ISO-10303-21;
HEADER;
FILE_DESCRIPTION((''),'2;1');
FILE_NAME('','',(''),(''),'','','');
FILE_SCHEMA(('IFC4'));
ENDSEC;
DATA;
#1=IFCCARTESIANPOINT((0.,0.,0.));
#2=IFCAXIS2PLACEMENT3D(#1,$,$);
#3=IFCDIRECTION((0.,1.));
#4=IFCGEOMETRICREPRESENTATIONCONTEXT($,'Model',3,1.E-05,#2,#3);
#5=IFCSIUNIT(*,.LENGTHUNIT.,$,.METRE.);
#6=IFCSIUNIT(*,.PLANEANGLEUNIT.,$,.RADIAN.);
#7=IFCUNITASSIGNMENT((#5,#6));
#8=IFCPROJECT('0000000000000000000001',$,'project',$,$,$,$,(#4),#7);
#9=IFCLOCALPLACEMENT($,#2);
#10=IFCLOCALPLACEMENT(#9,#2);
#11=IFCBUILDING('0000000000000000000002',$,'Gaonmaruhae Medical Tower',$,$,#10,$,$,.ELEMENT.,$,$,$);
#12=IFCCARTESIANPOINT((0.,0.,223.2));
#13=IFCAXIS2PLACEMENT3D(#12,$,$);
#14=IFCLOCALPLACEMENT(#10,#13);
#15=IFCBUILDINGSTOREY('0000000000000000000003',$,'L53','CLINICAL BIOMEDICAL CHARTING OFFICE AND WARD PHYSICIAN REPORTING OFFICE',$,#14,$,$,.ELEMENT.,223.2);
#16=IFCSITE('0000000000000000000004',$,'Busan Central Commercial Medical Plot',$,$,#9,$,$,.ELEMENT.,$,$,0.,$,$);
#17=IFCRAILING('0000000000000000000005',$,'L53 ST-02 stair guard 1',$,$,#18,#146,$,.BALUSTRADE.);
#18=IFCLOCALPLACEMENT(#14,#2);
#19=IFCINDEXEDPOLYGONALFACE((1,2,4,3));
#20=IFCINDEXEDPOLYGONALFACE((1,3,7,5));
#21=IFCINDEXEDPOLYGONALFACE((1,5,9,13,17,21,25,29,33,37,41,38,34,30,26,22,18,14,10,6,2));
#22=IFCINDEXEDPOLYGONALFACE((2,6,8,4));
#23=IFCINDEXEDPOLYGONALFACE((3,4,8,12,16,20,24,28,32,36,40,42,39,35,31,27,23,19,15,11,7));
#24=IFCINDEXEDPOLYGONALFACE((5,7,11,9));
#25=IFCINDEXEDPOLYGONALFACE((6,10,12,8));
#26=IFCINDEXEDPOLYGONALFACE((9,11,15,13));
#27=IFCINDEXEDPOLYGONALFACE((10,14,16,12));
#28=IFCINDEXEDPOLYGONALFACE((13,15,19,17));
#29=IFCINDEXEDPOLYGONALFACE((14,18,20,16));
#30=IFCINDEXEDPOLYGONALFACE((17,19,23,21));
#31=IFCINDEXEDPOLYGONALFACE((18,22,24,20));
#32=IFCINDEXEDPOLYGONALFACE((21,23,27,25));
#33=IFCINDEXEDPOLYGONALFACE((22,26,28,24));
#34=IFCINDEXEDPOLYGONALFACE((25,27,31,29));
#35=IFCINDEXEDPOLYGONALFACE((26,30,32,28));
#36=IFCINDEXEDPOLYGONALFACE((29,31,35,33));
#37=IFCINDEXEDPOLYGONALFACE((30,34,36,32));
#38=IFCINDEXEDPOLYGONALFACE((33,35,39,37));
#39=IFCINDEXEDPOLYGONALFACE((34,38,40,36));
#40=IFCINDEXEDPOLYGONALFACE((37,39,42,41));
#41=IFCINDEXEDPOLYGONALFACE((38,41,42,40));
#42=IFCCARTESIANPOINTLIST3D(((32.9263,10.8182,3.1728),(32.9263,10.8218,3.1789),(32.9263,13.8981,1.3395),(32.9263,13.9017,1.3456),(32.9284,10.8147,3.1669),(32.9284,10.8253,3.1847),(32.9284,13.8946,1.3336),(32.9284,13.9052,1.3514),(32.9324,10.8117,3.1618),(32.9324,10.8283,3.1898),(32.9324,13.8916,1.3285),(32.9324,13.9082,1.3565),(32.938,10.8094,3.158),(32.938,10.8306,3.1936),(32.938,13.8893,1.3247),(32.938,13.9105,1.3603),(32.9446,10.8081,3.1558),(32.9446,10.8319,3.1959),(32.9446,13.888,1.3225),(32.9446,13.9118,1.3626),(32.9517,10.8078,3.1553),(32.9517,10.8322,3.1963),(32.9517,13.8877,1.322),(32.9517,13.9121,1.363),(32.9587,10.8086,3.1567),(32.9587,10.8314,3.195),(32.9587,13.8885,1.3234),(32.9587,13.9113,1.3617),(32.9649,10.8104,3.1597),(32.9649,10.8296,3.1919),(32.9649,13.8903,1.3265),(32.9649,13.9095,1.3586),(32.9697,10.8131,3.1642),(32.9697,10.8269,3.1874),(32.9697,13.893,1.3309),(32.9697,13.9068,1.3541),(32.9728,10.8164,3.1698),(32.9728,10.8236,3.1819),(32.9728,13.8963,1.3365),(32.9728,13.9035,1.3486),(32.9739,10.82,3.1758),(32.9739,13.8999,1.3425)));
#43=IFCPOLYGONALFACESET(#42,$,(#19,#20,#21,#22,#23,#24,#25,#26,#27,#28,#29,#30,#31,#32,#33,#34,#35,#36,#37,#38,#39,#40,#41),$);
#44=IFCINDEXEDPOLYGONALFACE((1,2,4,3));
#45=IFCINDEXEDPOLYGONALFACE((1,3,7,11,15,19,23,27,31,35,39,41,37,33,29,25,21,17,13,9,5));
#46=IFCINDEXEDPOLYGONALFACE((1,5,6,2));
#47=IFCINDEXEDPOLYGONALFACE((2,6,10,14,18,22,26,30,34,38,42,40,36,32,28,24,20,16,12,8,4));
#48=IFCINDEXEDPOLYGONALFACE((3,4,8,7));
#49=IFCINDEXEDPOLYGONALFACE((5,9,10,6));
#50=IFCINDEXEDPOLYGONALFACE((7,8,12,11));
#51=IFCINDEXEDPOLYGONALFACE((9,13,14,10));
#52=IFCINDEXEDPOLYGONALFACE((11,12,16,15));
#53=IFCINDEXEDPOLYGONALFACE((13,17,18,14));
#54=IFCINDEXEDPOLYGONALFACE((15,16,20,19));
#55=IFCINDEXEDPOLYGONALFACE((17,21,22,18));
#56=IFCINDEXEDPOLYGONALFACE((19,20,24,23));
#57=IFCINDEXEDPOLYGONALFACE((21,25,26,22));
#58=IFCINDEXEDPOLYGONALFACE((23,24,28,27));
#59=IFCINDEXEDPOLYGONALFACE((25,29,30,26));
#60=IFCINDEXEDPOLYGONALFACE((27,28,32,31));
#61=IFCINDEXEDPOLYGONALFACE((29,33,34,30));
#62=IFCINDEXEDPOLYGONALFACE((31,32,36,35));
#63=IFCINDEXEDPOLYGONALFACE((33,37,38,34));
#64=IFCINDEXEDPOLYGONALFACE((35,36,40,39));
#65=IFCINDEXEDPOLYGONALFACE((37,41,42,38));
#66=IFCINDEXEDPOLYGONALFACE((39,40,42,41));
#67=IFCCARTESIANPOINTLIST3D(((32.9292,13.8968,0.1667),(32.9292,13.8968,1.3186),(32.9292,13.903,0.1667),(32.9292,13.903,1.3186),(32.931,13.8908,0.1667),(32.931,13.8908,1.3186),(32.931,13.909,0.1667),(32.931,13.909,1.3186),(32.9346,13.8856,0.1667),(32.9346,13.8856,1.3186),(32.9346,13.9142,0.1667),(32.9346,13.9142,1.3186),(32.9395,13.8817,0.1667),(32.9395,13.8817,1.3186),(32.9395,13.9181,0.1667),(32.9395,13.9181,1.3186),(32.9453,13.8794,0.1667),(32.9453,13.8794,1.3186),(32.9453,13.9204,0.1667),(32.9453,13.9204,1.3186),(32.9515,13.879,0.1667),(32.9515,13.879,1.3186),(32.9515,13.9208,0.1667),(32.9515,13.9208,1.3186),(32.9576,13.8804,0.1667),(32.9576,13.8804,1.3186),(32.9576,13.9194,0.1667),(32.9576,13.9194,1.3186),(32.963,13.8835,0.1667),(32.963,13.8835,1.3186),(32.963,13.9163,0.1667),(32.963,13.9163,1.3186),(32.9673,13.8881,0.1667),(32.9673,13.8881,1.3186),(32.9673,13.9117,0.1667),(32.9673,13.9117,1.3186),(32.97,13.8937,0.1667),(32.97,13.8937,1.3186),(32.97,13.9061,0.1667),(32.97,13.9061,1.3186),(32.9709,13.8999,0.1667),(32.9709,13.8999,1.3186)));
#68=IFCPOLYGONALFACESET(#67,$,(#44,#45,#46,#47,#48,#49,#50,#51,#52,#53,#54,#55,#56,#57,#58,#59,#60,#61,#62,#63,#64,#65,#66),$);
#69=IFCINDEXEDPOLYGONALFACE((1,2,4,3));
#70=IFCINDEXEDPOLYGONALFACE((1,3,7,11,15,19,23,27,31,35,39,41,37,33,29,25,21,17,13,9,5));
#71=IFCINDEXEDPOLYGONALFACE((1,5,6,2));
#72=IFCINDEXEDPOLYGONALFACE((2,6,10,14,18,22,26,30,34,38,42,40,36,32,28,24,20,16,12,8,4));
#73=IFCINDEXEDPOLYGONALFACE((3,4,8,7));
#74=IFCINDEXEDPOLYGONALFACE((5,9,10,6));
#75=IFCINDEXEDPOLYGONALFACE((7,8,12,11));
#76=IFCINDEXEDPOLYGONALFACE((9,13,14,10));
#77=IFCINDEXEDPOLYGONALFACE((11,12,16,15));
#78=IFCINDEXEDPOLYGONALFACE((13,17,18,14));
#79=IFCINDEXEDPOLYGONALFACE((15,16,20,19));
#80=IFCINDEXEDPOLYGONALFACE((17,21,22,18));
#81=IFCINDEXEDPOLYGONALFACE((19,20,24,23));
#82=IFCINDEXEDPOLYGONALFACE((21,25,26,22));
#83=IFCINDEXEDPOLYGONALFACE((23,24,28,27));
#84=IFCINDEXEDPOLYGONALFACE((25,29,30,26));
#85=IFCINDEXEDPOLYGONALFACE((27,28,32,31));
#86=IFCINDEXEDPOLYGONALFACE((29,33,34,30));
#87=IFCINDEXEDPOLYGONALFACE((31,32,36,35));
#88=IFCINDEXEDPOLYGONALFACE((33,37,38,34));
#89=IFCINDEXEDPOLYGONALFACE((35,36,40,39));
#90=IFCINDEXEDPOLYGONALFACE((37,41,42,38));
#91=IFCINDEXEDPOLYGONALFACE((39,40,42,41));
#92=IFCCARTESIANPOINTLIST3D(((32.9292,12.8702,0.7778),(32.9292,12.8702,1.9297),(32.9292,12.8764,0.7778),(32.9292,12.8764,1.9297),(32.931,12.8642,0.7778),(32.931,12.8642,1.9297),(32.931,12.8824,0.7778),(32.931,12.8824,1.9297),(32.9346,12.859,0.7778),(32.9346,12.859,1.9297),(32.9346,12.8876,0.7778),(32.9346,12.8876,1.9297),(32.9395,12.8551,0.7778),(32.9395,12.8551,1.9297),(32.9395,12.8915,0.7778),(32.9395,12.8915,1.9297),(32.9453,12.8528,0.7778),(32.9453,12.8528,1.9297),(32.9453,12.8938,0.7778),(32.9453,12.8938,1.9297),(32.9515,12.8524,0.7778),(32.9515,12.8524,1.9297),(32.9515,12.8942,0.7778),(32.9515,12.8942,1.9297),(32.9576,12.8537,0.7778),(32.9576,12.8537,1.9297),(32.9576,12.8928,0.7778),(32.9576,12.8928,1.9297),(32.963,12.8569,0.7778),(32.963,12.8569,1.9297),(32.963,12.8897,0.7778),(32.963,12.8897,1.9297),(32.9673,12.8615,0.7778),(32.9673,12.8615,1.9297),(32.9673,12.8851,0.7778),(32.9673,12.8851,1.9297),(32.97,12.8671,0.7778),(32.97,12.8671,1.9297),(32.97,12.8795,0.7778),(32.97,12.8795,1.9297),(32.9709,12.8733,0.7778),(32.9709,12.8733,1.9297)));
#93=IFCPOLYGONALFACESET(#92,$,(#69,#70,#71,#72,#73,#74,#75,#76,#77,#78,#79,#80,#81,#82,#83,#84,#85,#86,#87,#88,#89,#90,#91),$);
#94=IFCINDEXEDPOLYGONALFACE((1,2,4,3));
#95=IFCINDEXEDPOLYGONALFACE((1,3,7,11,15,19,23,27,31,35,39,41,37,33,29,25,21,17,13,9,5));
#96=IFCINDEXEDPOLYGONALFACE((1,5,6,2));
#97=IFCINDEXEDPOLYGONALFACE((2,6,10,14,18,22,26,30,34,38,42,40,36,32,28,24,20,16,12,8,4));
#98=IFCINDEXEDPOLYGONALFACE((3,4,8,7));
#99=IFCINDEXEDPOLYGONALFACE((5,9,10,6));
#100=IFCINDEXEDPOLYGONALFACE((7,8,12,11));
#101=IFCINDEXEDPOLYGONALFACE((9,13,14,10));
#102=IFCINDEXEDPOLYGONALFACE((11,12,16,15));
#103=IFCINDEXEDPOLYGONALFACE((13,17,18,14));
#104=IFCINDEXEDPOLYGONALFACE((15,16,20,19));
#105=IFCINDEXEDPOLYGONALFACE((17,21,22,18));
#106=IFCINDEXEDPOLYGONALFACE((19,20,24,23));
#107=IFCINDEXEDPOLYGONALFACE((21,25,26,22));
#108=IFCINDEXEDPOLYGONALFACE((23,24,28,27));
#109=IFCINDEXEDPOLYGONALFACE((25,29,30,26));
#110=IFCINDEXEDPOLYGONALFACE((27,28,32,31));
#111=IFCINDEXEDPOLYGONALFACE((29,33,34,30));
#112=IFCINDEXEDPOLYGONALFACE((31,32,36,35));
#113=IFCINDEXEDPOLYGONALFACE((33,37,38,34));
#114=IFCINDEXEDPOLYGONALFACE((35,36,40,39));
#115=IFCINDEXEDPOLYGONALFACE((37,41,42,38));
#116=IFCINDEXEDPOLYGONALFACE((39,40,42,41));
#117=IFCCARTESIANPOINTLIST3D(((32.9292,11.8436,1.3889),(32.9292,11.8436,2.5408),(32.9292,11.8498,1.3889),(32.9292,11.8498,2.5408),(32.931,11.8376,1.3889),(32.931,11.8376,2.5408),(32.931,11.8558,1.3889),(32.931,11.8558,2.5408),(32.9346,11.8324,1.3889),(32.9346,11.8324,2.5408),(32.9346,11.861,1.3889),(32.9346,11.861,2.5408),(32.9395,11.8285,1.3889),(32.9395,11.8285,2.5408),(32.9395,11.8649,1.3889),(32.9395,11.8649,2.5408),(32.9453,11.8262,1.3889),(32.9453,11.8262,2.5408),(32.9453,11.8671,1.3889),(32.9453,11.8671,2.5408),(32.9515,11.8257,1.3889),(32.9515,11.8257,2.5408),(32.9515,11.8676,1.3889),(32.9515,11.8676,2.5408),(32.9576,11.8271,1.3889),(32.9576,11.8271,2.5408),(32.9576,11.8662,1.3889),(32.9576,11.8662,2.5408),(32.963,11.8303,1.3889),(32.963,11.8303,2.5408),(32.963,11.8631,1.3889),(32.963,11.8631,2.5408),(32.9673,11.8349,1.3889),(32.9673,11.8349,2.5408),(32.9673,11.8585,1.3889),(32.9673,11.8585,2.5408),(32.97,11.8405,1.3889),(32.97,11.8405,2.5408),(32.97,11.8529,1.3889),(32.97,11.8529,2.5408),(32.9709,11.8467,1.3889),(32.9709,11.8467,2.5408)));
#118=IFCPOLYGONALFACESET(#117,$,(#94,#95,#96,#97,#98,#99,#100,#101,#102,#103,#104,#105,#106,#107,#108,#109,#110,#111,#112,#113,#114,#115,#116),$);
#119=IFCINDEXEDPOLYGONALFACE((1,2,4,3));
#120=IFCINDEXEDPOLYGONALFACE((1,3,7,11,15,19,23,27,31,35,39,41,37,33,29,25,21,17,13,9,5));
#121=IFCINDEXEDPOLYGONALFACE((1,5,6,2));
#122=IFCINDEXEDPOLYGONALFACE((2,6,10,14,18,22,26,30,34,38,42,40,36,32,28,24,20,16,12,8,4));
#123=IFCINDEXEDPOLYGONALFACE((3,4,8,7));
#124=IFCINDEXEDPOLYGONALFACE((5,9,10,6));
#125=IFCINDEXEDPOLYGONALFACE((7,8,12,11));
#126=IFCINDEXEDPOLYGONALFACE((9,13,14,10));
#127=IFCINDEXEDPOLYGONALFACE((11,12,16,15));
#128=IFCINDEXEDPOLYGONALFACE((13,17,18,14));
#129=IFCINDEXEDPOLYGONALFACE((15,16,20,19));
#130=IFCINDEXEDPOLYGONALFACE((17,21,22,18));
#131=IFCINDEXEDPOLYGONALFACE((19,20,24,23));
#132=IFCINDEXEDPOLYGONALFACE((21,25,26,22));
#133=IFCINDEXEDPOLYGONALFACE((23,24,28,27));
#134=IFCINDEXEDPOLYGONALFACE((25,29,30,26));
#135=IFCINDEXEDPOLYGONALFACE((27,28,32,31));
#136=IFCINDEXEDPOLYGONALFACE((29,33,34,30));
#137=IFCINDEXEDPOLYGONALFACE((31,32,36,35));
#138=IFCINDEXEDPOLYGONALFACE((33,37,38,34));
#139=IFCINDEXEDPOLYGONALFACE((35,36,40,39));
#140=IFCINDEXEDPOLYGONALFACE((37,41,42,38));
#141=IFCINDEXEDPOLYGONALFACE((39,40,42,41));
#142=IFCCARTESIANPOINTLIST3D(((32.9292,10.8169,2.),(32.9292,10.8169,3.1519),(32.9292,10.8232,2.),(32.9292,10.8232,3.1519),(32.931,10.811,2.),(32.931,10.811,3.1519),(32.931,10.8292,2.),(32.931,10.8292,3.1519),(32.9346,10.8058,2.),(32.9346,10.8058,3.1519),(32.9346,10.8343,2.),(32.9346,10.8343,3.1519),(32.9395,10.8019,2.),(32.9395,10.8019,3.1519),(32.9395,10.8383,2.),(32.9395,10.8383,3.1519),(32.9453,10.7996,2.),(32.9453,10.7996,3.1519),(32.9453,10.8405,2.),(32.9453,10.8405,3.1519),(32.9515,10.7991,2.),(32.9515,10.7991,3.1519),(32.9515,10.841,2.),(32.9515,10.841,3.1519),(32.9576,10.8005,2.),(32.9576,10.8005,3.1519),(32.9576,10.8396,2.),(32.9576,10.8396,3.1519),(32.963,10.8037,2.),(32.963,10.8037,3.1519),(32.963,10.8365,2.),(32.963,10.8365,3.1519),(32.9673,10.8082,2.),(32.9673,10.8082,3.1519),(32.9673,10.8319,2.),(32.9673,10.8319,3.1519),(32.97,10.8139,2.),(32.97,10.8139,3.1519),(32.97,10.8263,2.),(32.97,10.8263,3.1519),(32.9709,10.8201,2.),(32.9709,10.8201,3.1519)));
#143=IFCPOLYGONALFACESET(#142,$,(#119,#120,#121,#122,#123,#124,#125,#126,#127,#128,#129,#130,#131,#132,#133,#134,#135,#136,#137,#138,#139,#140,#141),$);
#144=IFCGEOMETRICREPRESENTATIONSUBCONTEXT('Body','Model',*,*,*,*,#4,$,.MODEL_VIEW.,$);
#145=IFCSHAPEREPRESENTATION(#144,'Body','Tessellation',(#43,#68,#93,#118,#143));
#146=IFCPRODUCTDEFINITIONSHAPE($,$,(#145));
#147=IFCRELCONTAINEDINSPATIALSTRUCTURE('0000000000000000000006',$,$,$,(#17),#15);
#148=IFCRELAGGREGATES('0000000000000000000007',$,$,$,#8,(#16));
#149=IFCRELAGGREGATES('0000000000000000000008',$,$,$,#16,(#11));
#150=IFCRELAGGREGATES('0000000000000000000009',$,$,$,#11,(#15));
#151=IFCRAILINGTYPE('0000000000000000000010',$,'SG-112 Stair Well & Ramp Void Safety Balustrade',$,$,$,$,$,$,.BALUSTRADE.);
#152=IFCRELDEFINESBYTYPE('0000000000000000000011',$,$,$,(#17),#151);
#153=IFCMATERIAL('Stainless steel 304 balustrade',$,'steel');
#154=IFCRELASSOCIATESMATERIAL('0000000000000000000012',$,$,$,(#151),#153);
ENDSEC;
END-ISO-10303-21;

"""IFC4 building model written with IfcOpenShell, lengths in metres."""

from ifc_helpers import new_model, si_unit, direction, frame, origin, origin_2d, place, context, subcontext, project, spatial, circle, extrude, material, type_object, element, save


model = new_model("IFC4")

# Units and contexts
model_context = context("Model", 3, precision=1e-05, world=origin(), true_north=direction((0.0, 1.0)))
body_context = subcontext(model_context, "Body", "Model", "MODEL_VIEW")
ifc_project = project(units=[si_unit("LENGTHUNIT", "METRE"), si_unit("PLANEANGLEUNIT", "RADIAN")], contexts=[model_context])

# Site, building, storey
site_placement = place(None, origin())
site = spatial("IfcSite", under=ifc_project, at=site_placement, Name="Busan Central Commercial Medical Plot", CompositionType="ELEMENT", RefElevation=0.0)
building_placement = place(site_placement, origin())
building = spatial("IfcBuilding", under=site, at=building_placement, Name="Gaonmaruhae Medical Tower", CompositionType="ELEMENT")
storey_placement = place(building_placement, frame((0.0, 0.0, 223.2)))
storey = spatial("IfcBuildingStorey", under=building, at=storey_placement, Name="L53", Description="CLINICAL BIOMEDICAL CHARTING OFFICE AND WARD PHYSICIAN REPORTING OFFICE", CompositionType="ELEMENT", Elevation=223.2)

# Railing
ifc_material_1 = material(Name="Stainless steel 304 balustrade", Category="steel")
railing_type_1 = type_object("IfcRailingType", Name="SG-112 Stair Well & Ramp Void Safety Balustrade", PredefinedType="BALUSTRADE", material=ifc_material_1)
railing_1_placement = place(storey_placement, frame((32.95, 13.8999, 0.1667)))
element("IfcRailing", 1, at=railing_1_placement, inside=storey, type_object=railing_type_1, Name="L53 ST-02 stair guard 1", PredefinedType="BALUSTRADE", context=body_context, shape_type="SweptSolid", body=[
    extrude(circle(Radius=0.0239, at=origin_2d()), frame((0.0, 0.0, 1.1758), z_axis=(0.0, -0.859291, 0.511487), x_axis=(1.0, 0.0, 0.0)), (0.0, 0.0, 1.0), 3.5842),
    extrude(circle(Radius=0.021, at=origin_2d()), origin(), (0.0, 0.0, 1.0), 1.1519),
    extrude(circle(Radius=0.021, at=origin_2d()), frame((0.0, -1.0266, 0.6111)), (0.0, 0.0, 1.0), 1.1519),
    extrude(circle(Radius=0.021, at=origin_2d()), frame((0.0, -2.0532, 1.2222)), (0.0, 0.0, 1.0), 1.1519),
    extrude(circle(Radius=0.021, at=origin_2d()), frame((0.0, -3.0798, 1.8333)), (0.0, 0.0, 1.0), 1.1519),
])

save(model, "model.ifc")
